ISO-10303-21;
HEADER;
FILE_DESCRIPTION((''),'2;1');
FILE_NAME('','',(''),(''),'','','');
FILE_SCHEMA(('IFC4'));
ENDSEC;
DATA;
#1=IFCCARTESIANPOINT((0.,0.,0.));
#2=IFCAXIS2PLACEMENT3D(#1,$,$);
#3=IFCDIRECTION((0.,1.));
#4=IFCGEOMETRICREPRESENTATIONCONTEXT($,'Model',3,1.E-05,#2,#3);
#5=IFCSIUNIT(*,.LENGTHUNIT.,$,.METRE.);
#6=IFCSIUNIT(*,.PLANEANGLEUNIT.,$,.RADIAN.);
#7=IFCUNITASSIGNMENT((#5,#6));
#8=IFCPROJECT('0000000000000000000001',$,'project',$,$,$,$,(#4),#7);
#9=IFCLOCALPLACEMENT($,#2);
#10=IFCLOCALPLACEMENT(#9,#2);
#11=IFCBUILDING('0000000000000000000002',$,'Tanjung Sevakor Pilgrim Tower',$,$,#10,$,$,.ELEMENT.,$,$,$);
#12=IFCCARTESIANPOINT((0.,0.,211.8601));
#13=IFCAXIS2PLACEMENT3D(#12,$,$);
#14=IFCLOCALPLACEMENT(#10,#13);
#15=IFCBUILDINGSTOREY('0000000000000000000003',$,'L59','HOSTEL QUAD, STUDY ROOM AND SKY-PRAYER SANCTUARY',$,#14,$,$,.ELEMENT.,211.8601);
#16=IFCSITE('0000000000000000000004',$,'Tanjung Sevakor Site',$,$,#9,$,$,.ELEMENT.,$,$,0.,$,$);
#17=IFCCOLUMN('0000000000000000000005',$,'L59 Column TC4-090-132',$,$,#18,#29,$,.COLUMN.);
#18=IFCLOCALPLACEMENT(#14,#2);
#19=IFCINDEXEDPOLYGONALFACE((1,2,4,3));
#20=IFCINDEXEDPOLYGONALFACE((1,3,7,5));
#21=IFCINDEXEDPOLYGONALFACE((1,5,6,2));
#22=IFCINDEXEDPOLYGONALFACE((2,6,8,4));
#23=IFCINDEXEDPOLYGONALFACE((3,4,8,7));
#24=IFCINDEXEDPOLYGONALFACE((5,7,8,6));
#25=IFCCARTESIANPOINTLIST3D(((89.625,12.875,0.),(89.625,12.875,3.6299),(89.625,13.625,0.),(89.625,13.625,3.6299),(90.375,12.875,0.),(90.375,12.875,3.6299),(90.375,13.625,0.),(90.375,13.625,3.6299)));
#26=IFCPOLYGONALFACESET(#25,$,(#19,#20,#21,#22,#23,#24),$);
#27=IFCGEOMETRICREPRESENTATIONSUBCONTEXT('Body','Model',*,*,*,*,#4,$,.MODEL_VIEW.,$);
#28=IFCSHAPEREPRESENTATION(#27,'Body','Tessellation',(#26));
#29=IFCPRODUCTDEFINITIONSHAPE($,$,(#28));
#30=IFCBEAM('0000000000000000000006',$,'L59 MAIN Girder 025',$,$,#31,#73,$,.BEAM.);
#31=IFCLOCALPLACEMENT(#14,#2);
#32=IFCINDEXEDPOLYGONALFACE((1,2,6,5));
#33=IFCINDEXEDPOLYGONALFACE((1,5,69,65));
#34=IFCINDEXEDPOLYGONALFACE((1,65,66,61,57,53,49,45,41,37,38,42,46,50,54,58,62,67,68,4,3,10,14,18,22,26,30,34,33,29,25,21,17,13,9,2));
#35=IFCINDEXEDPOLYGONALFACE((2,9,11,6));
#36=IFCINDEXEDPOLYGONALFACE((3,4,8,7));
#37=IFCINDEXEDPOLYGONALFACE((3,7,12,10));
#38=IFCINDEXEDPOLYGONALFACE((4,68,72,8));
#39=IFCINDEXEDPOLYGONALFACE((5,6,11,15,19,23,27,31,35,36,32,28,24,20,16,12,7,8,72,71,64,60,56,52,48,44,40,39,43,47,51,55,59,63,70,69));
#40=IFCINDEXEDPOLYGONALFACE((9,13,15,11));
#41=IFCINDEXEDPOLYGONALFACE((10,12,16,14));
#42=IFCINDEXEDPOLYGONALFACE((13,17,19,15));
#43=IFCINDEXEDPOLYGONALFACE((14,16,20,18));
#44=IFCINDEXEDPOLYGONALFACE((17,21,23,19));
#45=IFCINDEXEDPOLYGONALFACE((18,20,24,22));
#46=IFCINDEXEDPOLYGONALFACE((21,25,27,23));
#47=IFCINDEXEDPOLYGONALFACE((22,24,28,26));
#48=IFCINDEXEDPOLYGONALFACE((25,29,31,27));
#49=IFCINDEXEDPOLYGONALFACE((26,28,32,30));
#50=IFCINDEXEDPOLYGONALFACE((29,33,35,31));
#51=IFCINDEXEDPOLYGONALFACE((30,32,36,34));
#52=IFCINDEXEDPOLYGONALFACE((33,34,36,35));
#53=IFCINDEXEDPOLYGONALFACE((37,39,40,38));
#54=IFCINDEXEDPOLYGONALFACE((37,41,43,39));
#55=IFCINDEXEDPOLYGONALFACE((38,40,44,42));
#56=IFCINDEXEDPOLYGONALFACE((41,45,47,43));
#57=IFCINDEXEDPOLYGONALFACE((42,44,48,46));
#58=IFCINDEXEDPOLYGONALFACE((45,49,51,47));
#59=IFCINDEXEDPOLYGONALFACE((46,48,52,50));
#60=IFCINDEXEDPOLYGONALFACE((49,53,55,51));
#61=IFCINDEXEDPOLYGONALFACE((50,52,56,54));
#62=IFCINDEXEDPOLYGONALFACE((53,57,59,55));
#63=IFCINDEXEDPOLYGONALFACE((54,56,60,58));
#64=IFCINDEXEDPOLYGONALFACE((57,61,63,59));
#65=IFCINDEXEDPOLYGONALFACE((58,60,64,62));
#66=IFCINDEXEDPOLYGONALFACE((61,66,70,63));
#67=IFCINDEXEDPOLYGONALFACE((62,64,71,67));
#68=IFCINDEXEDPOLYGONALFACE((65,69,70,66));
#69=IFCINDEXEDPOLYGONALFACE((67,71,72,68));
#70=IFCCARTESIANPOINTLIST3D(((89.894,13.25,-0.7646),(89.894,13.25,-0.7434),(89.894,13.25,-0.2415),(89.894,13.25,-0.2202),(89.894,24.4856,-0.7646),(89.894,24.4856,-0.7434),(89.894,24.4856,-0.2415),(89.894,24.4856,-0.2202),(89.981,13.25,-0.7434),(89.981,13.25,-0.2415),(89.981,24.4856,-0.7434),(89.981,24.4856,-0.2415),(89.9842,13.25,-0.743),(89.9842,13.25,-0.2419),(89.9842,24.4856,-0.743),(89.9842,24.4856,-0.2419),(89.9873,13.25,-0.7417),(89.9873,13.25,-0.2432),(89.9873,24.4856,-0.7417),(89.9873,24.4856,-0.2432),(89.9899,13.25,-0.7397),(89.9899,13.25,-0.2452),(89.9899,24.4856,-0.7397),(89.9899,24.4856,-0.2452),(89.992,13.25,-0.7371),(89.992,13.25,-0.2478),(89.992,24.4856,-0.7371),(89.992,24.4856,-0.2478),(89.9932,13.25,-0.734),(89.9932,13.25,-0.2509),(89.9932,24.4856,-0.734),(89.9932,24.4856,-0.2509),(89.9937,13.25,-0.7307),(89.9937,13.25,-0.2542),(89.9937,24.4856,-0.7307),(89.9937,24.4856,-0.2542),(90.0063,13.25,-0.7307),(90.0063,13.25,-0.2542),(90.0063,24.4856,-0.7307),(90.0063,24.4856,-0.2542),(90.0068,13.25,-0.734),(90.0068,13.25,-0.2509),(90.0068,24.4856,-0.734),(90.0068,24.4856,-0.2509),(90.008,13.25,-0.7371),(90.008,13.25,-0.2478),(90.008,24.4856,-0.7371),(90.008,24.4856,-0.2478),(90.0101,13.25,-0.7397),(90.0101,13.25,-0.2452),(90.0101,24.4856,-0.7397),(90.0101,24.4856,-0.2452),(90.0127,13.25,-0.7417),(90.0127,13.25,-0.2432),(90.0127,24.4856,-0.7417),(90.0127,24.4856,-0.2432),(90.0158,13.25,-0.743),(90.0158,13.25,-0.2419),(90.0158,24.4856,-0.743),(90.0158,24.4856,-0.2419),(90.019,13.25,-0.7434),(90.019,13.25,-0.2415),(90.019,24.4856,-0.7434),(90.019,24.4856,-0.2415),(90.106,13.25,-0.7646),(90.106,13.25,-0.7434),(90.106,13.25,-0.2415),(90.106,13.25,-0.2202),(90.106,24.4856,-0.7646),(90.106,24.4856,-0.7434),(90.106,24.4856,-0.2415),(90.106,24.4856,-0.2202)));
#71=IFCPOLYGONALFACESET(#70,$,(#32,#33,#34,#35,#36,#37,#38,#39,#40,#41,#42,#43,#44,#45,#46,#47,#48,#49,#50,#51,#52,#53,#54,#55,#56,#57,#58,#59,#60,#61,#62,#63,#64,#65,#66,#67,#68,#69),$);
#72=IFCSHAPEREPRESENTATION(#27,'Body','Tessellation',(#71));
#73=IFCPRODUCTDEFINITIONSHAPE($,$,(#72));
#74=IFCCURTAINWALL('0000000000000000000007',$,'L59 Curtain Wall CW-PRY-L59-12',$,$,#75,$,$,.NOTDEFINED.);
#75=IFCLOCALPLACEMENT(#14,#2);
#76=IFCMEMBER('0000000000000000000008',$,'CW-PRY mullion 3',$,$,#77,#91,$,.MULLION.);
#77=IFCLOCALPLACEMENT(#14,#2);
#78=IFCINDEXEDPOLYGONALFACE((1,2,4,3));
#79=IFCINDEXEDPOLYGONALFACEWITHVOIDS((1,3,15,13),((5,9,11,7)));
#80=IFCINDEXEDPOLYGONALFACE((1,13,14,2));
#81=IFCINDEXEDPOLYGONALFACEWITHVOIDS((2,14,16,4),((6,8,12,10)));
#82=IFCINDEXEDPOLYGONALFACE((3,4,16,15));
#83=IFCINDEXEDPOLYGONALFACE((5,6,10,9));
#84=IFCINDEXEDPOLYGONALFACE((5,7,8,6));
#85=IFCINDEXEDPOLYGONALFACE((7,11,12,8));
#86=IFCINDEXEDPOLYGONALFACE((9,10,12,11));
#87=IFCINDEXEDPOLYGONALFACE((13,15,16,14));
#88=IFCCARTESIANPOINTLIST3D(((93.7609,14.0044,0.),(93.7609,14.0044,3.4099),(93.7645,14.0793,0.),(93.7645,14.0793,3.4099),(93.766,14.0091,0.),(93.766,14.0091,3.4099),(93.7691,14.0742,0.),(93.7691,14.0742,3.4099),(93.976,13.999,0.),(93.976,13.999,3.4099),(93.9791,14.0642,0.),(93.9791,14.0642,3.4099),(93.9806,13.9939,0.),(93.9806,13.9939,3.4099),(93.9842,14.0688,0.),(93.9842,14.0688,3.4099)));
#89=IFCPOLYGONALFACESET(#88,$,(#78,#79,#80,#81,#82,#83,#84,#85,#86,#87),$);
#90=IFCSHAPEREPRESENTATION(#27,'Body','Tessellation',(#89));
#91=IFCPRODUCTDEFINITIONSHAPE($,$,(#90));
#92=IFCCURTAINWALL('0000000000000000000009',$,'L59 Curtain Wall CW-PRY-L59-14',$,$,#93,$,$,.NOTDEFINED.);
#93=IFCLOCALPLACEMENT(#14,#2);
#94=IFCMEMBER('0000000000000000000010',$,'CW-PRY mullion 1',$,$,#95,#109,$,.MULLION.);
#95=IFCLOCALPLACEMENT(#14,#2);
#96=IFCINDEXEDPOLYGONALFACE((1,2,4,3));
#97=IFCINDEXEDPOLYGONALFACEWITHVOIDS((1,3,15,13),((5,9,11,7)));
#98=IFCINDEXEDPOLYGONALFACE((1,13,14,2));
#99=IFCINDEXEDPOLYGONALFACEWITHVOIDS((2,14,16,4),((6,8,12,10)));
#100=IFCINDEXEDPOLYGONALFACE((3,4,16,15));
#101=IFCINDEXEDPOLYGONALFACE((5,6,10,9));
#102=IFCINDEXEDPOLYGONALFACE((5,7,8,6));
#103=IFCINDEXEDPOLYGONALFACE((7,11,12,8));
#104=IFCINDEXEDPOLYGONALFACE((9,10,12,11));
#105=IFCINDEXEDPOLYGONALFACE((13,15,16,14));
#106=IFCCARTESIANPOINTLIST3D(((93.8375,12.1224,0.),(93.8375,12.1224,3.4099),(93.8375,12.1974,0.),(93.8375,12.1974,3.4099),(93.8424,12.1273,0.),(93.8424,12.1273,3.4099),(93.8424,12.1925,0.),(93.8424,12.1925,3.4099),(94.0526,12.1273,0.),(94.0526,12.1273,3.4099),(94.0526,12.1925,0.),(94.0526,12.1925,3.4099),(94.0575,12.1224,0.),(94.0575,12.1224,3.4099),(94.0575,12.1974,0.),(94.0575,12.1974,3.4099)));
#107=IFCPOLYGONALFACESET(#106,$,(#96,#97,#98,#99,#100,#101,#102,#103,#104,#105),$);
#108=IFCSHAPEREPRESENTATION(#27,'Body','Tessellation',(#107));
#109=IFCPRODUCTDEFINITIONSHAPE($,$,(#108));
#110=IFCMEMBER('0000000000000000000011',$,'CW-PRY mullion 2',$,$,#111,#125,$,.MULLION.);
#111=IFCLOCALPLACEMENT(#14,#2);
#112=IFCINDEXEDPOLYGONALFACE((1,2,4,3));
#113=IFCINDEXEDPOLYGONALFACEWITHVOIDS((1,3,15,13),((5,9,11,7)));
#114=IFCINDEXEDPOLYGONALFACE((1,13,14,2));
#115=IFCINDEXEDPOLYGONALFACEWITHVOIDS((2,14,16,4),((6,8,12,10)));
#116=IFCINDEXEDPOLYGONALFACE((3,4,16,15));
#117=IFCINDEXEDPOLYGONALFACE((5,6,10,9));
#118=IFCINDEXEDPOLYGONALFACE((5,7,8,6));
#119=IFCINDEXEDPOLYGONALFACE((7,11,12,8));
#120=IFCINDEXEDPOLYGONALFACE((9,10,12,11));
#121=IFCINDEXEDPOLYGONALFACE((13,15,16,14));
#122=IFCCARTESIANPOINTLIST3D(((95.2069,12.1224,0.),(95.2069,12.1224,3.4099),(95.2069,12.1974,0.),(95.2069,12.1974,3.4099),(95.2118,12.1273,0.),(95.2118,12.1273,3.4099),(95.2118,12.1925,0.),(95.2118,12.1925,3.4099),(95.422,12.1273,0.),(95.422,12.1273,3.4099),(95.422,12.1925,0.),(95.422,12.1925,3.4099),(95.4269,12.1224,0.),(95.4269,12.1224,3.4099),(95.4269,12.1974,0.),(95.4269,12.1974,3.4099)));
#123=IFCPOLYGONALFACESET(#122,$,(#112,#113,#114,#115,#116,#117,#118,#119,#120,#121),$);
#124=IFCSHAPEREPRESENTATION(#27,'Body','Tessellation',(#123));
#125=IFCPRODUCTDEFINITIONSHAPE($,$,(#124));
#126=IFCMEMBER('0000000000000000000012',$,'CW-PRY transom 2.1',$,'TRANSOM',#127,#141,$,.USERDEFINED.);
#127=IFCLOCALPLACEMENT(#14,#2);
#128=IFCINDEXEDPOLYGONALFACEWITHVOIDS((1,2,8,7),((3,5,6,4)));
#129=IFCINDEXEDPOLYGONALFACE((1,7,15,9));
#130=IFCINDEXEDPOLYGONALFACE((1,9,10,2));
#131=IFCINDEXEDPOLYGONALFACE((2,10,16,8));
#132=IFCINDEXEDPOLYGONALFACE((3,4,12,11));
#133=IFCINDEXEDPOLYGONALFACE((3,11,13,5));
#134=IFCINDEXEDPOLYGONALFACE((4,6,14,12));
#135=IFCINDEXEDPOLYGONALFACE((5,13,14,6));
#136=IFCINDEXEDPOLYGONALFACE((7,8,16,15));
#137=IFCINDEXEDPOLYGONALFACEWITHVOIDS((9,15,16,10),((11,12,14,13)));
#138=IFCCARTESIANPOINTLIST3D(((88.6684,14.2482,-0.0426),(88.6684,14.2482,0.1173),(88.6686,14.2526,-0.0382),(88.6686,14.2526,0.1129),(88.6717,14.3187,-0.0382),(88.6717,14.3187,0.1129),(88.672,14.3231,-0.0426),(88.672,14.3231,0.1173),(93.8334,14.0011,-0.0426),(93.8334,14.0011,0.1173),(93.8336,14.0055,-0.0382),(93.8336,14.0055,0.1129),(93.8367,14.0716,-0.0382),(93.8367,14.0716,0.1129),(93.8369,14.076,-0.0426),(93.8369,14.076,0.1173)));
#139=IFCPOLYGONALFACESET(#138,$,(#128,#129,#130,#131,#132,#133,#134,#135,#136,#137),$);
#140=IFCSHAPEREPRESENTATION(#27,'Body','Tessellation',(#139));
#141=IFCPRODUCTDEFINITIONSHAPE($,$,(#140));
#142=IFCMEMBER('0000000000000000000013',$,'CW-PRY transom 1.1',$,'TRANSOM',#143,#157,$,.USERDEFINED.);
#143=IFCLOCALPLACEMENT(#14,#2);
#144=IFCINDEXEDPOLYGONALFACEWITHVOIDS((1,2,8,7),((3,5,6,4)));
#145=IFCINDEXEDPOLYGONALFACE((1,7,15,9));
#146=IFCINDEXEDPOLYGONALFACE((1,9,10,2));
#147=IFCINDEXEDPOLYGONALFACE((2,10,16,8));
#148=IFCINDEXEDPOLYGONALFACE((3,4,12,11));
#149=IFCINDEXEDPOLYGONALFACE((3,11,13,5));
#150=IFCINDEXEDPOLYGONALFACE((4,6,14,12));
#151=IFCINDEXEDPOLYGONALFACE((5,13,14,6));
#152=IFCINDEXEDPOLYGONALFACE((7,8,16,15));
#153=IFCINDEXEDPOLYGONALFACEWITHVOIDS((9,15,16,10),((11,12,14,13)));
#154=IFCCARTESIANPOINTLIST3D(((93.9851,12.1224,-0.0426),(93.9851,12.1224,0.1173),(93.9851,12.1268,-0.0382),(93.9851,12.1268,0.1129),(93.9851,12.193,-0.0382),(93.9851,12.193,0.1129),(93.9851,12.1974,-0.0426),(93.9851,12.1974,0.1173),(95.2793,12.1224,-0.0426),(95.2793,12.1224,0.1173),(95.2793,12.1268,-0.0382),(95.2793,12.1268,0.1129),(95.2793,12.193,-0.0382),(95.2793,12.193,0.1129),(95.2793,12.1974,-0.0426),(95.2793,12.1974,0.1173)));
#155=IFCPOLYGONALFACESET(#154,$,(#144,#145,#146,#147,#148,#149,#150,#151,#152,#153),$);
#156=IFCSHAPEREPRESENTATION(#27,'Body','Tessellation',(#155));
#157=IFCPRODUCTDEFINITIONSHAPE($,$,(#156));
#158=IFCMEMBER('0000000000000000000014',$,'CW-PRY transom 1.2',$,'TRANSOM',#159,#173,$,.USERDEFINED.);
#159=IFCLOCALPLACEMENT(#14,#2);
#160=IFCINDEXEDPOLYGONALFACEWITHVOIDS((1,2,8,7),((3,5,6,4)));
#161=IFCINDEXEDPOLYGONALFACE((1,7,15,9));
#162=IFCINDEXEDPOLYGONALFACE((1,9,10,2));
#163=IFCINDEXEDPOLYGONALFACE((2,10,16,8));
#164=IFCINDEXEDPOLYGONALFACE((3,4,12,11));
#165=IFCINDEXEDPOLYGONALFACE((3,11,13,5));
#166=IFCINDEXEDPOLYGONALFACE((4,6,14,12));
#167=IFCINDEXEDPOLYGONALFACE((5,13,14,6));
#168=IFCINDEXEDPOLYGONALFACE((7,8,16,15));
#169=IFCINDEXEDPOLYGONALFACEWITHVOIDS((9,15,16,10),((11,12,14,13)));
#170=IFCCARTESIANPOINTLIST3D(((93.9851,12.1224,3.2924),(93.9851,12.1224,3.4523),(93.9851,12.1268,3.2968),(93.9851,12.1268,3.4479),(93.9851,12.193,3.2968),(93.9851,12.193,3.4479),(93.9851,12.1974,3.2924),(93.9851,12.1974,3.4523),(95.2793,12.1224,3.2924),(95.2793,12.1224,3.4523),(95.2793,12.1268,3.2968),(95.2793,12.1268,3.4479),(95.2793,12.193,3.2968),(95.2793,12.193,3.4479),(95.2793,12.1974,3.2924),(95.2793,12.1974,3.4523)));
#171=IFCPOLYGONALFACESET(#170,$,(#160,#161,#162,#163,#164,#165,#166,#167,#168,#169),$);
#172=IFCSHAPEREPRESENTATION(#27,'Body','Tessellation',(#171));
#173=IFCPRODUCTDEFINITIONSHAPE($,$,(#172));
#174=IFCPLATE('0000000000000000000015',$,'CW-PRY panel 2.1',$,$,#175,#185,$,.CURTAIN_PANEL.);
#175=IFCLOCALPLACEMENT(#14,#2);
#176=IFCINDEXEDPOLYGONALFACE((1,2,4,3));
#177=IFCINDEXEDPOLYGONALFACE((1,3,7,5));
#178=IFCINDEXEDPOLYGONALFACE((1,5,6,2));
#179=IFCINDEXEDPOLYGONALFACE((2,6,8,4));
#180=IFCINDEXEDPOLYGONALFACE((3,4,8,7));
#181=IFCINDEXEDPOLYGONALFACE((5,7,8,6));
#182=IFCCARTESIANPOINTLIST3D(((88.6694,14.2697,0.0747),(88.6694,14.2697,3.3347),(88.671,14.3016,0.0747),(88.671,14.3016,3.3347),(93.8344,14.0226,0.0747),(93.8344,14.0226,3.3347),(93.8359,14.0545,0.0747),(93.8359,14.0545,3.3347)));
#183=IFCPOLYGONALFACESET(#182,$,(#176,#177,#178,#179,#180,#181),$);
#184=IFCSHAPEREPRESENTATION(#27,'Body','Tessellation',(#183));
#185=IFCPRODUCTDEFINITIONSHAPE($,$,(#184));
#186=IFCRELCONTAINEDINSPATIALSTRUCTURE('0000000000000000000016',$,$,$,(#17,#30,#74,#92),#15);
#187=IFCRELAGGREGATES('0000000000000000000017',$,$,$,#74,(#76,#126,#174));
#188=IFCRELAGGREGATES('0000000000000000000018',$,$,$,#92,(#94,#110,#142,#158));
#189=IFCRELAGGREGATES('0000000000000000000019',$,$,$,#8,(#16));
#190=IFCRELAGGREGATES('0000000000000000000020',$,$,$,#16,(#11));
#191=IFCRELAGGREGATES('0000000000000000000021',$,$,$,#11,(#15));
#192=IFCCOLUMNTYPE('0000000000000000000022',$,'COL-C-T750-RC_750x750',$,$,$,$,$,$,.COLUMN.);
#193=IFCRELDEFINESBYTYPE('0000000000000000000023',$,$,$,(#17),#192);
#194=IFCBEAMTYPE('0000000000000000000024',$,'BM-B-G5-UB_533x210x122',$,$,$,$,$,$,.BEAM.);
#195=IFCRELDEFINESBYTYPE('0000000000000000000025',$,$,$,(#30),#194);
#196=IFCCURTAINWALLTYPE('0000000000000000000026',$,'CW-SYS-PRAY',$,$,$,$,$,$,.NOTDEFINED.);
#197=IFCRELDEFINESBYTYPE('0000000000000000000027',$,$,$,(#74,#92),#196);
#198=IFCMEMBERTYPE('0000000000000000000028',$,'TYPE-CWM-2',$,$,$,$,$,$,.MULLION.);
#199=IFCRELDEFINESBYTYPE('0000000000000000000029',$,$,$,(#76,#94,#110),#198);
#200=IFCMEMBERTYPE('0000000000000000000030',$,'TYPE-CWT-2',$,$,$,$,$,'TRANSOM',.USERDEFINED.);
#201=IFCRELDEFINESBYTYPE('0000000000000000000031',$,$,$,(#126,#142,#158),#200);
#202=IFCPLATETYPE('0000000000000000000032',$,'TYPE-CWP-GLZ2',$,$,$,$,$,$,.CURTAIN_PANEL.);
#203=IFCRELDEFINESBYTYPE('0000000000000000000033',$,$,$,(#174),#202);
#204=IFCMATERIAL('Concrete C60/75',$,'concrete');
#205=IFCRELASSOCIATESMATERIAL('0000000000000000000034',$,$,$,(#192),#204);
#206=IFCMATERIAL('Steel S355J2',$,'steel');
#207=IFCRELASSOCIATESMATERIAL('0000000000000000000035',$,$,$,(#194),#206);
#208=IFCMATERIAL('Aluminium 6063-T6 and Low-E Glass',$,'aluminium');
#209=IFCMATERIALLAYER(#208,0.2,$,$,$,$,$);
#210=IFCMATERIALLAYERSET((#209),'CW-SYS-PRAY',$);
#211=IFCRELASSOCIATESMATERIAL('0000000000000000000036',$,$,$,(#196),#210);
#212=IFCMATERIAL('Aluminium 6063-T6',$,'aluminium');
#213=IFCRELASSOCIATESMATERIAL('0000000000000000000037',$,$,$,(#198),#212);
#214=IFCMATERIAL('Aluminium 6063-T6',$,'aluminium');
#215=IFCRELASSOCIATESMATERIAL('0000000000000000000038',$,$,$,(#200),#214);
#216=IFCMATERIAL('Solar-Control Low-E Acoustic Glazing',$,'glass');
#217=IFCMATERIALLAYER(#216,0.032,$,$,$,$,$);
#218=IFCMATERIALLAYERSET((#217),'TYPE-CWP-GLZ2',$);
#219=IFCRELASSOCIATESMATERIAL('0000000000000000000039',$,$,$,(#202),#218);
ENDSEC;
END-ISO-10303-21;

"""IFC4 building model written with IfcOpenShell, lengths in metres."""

from ifc_helpers import new_model, si_unit, direction, frame, origin, origin_2d, place, context, subcontext, project, spatial, rectangle, hollow_rectangle, i_section, extrude, material, layer, layer_set, material_profile, profile_set, type_object, element, aggregate, save


model = new_model("IFC4")

# Units and contexts
model_context = context("Model", 3, precision=1e-05, world=origin(), true_north=direction((0.0, 1.0)))
body_context = subcontext(model_context, "Body", "Model", "MODEL_VIEW")
ifc_project = project(units=[si_unit("LENGTHUNIT", "METRE"), si_unit("PLANEANGLEUNIT", "RADIAN")], contexts=[model_context])

# Site, building, storey
site_placement = place(None, origin())
site = spatial("IfcSite", under=ifc_project, at=site_placement, Name="Tanjung Sevakor Site", CompositionType="ELEMENT", RefElevation=0.0)
building_placement = place(site_placement, origin())
building = spatial("IfcBuilding", under=site, at=building_placement, Name="Tanjung Sevakor Pilgrim Tower", CompositionType="ELEMENT")
storey_placement = place(building_placement, frame((0.0, 0.0, 211.8601)))
storey = spatial("IfcBuildingStorey", under=building, at=storey_placement, Name="L59", Description="HOSTEL QUAD, STUDY ROOM AND SKY-PRAYER SANCTUARY", CompositionType="ELEMENT", Elevation=211.8601)

# Column
ifc_material_1 = material(Name="Concrete C60/75", Category="concrete")
ifc_material_profile_1 = material_profile(ifc_material_1, rectangle(XDim=0.75, YDim=0.75, at=origin_2d()))
ifc_profile_set_1 = profile_set([ifc_material_profile_1], Name="Concrete C60/75")
column_type = type_object("IfcColumnType", Name="COL-C-T750-RC_750x750", PredefinedType="COLUMN", material=ifc_profile_set_1)
column_placement = place(storey_placement, frame((90.0, 13.25, 0.0), z_axis=(0.0, 0.0, 1.0), x_axis=(1.0, 0.0, 0.0)))
element("IfcColumn", 1, at=column_placement, inside=storey, type_object=column_type, Name="L59 Column TC4-090-132", PredefinedType="COLUMN", context=body_context, shape_type="SweptSolid", body=[
    extrude(rectangle(XDim=0.75, YDim=0.75, at=origin_2d()), origin(), (0.0, 0.0, 1.0), 3.6299),
])

# Beam
ifc_material_2 = material(Name="Steel S355J2", Category="steel")
ifc_material_profile_2 = material_profile(ifc_material_2, i_section(OverallWidth=0.2119, OverallDepth=0.5444, WebThickness=0.0127, FlangeThickness=0.0212, FilletRadius=0.0127, at=origin_2d()))
ifc_profile_set_2 = profile_set([ifc_material_profile_2], Name="Steel S355J2")
beam_type = type_object("IfcBeamType", Name="BM-B-G5-UB_533x210x122", PredefinedType="BEAM", material=ifc_profile_set_2)
beam_placement = place(storey_placement, frame((90.0, 13.25, -0.4924), z_axis=(0.0, 1.0, 0.0), x_axis=(-1.0, 0.0, 0.0)))
element("IfcBeam", 2, at=beam_placement, inside=storey, type_object=beam_type, Name="L59 MAIN Girder 025", PredefinedType="BEAM", context=body_context, shape_type="SweptSolid", body=[
    extrude(i_section(OverallWidth=0.2119, OverallDepth=0.5444, WebThickness=0.0127, FlangeThickness=0.0212, FilletRadius=0.0127, at=origin_2d()), origin(), (0.0, 0.0, 1.0), 11.2356),
])

# Curtain wall, member
ifc_material_3 = material(Name="Aluminium 6063-T6 and Low-E Glass", Category="aluminium")
ifc_layer_1 = layer(ifc_material_3, 0.2)
ifc_layer_set_1 = layer_set([ifc_layer_1], Name="CW-SYS-PRAY")
curtain_wall_type = type_object("IfcCurtainWallType", Name="CW-SYS-PRAY", PredefinedType="NOTDEFINED", material=ifc_layer_set_1)
curtain_wall_1_placement = place(storey_placement, origin())
curtain_wall_1 = element("IfcCurtainWall", 3, at=curtain_wall_1_placement, inside=storey, type_object=curtain_wall_type, Name="L59 Curtain Wall CW-PRY-L59-12", PredefinedType="NOTDEFINED")
ifc_material_4 = material(Name="Aluminium 6063-T6", Category="aluminium")
ifc_material_profile_3 = material_profile(ifc_material_4, hollow_rectangle(XDim=0.075, YDim=0.22, WallThickness=0.0049, at=origin_2d()))
ifc_profile_set_3 = profile_set([ifc_material_profile_3], Name="Aluminium 6063-T6")
member_type_1 = type_object("IfcMemberType", Name="TYPE-CWM-2", PredefinedType="MULLION", material=ifc_profile_set_3)
member_1_placement = place(storey_placement, frame((93.8726, 14.0366, 0.0), z_axis=(0.0, 0.0, 1.0), x_axis=(0.047791, 0.998857, 0.0)))
member_1 = element("IfcMember", 4, at=member_1_placement, type_object=member_type_1, Name="CW-PRY mullion 3", PredefinedType="MULLION", context=body_context, shape_type="SweptSolid", body=[
    extrude(hollow_rectangle(XDim=0.075, YDim=0.22, WallThickness=0.0049, at=origin_2d()), origin(), (0.0, 0.0, 1.0), 3.4099),
])

# Curtain wall, members
curtain_wall_2_placement = place(storey_placement, origin())
curtain_wall_2 = element("IfcCurtainWall", 5, at=curtain_wall_2_placement, inside=storey, type_object=curtain_wall_type, Name="L59 Curtain Wall CW-PRY-L59-14", PredefinedType="NOTDEFINED")
member_2_placement = place(storey_placement, frame((93.9475, 12.1599, 0.0), z_axis=(0.0, 0.0, 1.0), x_axis=(0.0, 1.0, 0.0)))
member_2 = element("IfcMember", 6, at=member_2_placement, type_object=member_type_1, Name="CW-PRY mullion 1", PredefinedType="MULLION", context=body_context, shape_type="SweptSolid", body=[
    extrude(hollow_rectangle(XDim=0.075, YDim=0.22, WallThickness=0.0049, at=origin_2d()), origin(), (0.0, 0.0, 1.0), 3.4099),
])
member_3_placement = place(storey_placement, frame((95.3169, 12.1599, 0.0), z_axis=(0.0, 0.0, 1.0), x_axis=(0.0, 1.0, 0.0)))
member_3 = element("IfcMember", 7, at=member_3_placement, type_object=member_type_1, Name="CW-PRY mullion 2", PredefinedType="MULLION", context=body_context, shape_type="SweptSolid", body=[
    extrude(hollow_rectangle(XDim=0.075, YDim=0.22, WallThickness=0.0049, at=origin_2d()), origin(), (0.0, 0.0, 1.0), 3.4099),
])

# Members
ifc_material_5 = material(Name="Aluminium 6063-T6", Category="aluminium")
ifc_material_profile_4 = material_profile(ifc_material_5, hollow_rectangle(XDim=0.075, YDim=0.1599, WallThickness=0.0044, at=origin_2d()))
ifc_profile_set_4 = profile_set([ifc_material_profile_4], Name="Aluminium 6063-T6")
member_type_2 = type_object("IfcMemberType", Name="TYPE-CWT-2", ElementType="TRANSOM", PredefinedType="USERDEFINED", material=ifc_profile_set_4)
member_4_placement = place(storey_placement, frame((88.6702, 14.2856, 0.0374), z_axis=(0.998858, -0.04778, 0.0), x_axis=(0.04778, 0.998858, 0.0)))
member_4 = element("IfcMember", 8, at=member_4_placement, type_object=member_type_2, Name="CW-PRY transom 2.1", ObjectType="TRANSOM", PredefinedType="USERDEFINED", context=body_context, shape_type="SweptSolid", body=[
    extrude(hollow_rectangle(XDim=0.075, YDim=0.1599, WallThickness=0.0044, at=origin_2d()), origin(), (0.0, 0.0, 1.0), 5.1709),
])
member_5_placement = place(storey_placement, frame((93.9851, 12.1599, 0.0374), z_axis=(1.0, 0.0, 0.0), x_axis=(0.0, 1.0, 0.0)))
member_5 = element("IfcMember", 9, at=member_5_placement, type_object=member_type_2, Name="CW-PRY transom 1.1", ObjectType="TRANSOM", PredefinedType="USERDEFINED", context=body_context, shape_type="SweptSolid", body=[
    extrude(hollow_rectangle(XDim=0.075, YDim=0.1599, WallThickness=0.0044, at=origin_2d()), origin(), (0.0, 0.0, 1.0), 1.2942),
])
member_6_placement = place(storey_placement, frame((93.9851, 12.1599, 3.3723), z_axis=(1.0, 0.0, 0.0), x_axis=(0.0, 1.0, 0.0)))
member_6 = element("IfcMember", 10, at=member_6_placement, type_object=member_type_2, Name="CW-PRY transom 1.2", ObjectType="TRANSOM", PredefinedType="USERDEFINED", context=body_context, shape_type="SweptSolid", body=[
    extrude(hollow_rectangle(XDim=0.075, YDim=0.1599, WallThickness=0.0044, at=origin_2d()), origin(), (0.0, 0.0, 1.0), 1.2942),
])

# Plate
ifc_material_6 = material(Name="Solar-Control Low-E Acoustic Glazing", Category="glass")
ifc_layer_2 = layer(ifc_material_6, 0.032)
ifc_layer_set_2 = layer_set([ifc_layer_2], Name="TYPE-CWP-GLZ2")
plate_type = type_object("IfcPlateType", Name="TYPE-CWP-GLZ2", PredefinedType="CURTAIN_PANEL", material=ifc_layer_set_2)
plate_1_placement = place(storey_placement, frame((91.2527, 14.1621, 0.0747), z_axis=(0.0, 0.0, 1.0), x_axis=(0.998857, -0.047791, 0.0)))
plate_1 = element("IfcPlate", 11, at=plate_1_placement, type_object=plate_type, Name="CW-PRY panel 2.1", PredefinedType="CURTAIN_PANEL", context=body_context, shape_type="SweptSolid", body=[
    extrude(rectangle(XDim=5.1709, YDim=0.032, at=origin_2d()), origin(), (0.0, 0.0, 1.0), 3.26),
])
aggregate(curtain_wall_1, [member_1, member_4, plate_1])
aggregate(curtain_wall_2, [member_2, member_3, member_5, member_6])

save(model, "model.ifc")
